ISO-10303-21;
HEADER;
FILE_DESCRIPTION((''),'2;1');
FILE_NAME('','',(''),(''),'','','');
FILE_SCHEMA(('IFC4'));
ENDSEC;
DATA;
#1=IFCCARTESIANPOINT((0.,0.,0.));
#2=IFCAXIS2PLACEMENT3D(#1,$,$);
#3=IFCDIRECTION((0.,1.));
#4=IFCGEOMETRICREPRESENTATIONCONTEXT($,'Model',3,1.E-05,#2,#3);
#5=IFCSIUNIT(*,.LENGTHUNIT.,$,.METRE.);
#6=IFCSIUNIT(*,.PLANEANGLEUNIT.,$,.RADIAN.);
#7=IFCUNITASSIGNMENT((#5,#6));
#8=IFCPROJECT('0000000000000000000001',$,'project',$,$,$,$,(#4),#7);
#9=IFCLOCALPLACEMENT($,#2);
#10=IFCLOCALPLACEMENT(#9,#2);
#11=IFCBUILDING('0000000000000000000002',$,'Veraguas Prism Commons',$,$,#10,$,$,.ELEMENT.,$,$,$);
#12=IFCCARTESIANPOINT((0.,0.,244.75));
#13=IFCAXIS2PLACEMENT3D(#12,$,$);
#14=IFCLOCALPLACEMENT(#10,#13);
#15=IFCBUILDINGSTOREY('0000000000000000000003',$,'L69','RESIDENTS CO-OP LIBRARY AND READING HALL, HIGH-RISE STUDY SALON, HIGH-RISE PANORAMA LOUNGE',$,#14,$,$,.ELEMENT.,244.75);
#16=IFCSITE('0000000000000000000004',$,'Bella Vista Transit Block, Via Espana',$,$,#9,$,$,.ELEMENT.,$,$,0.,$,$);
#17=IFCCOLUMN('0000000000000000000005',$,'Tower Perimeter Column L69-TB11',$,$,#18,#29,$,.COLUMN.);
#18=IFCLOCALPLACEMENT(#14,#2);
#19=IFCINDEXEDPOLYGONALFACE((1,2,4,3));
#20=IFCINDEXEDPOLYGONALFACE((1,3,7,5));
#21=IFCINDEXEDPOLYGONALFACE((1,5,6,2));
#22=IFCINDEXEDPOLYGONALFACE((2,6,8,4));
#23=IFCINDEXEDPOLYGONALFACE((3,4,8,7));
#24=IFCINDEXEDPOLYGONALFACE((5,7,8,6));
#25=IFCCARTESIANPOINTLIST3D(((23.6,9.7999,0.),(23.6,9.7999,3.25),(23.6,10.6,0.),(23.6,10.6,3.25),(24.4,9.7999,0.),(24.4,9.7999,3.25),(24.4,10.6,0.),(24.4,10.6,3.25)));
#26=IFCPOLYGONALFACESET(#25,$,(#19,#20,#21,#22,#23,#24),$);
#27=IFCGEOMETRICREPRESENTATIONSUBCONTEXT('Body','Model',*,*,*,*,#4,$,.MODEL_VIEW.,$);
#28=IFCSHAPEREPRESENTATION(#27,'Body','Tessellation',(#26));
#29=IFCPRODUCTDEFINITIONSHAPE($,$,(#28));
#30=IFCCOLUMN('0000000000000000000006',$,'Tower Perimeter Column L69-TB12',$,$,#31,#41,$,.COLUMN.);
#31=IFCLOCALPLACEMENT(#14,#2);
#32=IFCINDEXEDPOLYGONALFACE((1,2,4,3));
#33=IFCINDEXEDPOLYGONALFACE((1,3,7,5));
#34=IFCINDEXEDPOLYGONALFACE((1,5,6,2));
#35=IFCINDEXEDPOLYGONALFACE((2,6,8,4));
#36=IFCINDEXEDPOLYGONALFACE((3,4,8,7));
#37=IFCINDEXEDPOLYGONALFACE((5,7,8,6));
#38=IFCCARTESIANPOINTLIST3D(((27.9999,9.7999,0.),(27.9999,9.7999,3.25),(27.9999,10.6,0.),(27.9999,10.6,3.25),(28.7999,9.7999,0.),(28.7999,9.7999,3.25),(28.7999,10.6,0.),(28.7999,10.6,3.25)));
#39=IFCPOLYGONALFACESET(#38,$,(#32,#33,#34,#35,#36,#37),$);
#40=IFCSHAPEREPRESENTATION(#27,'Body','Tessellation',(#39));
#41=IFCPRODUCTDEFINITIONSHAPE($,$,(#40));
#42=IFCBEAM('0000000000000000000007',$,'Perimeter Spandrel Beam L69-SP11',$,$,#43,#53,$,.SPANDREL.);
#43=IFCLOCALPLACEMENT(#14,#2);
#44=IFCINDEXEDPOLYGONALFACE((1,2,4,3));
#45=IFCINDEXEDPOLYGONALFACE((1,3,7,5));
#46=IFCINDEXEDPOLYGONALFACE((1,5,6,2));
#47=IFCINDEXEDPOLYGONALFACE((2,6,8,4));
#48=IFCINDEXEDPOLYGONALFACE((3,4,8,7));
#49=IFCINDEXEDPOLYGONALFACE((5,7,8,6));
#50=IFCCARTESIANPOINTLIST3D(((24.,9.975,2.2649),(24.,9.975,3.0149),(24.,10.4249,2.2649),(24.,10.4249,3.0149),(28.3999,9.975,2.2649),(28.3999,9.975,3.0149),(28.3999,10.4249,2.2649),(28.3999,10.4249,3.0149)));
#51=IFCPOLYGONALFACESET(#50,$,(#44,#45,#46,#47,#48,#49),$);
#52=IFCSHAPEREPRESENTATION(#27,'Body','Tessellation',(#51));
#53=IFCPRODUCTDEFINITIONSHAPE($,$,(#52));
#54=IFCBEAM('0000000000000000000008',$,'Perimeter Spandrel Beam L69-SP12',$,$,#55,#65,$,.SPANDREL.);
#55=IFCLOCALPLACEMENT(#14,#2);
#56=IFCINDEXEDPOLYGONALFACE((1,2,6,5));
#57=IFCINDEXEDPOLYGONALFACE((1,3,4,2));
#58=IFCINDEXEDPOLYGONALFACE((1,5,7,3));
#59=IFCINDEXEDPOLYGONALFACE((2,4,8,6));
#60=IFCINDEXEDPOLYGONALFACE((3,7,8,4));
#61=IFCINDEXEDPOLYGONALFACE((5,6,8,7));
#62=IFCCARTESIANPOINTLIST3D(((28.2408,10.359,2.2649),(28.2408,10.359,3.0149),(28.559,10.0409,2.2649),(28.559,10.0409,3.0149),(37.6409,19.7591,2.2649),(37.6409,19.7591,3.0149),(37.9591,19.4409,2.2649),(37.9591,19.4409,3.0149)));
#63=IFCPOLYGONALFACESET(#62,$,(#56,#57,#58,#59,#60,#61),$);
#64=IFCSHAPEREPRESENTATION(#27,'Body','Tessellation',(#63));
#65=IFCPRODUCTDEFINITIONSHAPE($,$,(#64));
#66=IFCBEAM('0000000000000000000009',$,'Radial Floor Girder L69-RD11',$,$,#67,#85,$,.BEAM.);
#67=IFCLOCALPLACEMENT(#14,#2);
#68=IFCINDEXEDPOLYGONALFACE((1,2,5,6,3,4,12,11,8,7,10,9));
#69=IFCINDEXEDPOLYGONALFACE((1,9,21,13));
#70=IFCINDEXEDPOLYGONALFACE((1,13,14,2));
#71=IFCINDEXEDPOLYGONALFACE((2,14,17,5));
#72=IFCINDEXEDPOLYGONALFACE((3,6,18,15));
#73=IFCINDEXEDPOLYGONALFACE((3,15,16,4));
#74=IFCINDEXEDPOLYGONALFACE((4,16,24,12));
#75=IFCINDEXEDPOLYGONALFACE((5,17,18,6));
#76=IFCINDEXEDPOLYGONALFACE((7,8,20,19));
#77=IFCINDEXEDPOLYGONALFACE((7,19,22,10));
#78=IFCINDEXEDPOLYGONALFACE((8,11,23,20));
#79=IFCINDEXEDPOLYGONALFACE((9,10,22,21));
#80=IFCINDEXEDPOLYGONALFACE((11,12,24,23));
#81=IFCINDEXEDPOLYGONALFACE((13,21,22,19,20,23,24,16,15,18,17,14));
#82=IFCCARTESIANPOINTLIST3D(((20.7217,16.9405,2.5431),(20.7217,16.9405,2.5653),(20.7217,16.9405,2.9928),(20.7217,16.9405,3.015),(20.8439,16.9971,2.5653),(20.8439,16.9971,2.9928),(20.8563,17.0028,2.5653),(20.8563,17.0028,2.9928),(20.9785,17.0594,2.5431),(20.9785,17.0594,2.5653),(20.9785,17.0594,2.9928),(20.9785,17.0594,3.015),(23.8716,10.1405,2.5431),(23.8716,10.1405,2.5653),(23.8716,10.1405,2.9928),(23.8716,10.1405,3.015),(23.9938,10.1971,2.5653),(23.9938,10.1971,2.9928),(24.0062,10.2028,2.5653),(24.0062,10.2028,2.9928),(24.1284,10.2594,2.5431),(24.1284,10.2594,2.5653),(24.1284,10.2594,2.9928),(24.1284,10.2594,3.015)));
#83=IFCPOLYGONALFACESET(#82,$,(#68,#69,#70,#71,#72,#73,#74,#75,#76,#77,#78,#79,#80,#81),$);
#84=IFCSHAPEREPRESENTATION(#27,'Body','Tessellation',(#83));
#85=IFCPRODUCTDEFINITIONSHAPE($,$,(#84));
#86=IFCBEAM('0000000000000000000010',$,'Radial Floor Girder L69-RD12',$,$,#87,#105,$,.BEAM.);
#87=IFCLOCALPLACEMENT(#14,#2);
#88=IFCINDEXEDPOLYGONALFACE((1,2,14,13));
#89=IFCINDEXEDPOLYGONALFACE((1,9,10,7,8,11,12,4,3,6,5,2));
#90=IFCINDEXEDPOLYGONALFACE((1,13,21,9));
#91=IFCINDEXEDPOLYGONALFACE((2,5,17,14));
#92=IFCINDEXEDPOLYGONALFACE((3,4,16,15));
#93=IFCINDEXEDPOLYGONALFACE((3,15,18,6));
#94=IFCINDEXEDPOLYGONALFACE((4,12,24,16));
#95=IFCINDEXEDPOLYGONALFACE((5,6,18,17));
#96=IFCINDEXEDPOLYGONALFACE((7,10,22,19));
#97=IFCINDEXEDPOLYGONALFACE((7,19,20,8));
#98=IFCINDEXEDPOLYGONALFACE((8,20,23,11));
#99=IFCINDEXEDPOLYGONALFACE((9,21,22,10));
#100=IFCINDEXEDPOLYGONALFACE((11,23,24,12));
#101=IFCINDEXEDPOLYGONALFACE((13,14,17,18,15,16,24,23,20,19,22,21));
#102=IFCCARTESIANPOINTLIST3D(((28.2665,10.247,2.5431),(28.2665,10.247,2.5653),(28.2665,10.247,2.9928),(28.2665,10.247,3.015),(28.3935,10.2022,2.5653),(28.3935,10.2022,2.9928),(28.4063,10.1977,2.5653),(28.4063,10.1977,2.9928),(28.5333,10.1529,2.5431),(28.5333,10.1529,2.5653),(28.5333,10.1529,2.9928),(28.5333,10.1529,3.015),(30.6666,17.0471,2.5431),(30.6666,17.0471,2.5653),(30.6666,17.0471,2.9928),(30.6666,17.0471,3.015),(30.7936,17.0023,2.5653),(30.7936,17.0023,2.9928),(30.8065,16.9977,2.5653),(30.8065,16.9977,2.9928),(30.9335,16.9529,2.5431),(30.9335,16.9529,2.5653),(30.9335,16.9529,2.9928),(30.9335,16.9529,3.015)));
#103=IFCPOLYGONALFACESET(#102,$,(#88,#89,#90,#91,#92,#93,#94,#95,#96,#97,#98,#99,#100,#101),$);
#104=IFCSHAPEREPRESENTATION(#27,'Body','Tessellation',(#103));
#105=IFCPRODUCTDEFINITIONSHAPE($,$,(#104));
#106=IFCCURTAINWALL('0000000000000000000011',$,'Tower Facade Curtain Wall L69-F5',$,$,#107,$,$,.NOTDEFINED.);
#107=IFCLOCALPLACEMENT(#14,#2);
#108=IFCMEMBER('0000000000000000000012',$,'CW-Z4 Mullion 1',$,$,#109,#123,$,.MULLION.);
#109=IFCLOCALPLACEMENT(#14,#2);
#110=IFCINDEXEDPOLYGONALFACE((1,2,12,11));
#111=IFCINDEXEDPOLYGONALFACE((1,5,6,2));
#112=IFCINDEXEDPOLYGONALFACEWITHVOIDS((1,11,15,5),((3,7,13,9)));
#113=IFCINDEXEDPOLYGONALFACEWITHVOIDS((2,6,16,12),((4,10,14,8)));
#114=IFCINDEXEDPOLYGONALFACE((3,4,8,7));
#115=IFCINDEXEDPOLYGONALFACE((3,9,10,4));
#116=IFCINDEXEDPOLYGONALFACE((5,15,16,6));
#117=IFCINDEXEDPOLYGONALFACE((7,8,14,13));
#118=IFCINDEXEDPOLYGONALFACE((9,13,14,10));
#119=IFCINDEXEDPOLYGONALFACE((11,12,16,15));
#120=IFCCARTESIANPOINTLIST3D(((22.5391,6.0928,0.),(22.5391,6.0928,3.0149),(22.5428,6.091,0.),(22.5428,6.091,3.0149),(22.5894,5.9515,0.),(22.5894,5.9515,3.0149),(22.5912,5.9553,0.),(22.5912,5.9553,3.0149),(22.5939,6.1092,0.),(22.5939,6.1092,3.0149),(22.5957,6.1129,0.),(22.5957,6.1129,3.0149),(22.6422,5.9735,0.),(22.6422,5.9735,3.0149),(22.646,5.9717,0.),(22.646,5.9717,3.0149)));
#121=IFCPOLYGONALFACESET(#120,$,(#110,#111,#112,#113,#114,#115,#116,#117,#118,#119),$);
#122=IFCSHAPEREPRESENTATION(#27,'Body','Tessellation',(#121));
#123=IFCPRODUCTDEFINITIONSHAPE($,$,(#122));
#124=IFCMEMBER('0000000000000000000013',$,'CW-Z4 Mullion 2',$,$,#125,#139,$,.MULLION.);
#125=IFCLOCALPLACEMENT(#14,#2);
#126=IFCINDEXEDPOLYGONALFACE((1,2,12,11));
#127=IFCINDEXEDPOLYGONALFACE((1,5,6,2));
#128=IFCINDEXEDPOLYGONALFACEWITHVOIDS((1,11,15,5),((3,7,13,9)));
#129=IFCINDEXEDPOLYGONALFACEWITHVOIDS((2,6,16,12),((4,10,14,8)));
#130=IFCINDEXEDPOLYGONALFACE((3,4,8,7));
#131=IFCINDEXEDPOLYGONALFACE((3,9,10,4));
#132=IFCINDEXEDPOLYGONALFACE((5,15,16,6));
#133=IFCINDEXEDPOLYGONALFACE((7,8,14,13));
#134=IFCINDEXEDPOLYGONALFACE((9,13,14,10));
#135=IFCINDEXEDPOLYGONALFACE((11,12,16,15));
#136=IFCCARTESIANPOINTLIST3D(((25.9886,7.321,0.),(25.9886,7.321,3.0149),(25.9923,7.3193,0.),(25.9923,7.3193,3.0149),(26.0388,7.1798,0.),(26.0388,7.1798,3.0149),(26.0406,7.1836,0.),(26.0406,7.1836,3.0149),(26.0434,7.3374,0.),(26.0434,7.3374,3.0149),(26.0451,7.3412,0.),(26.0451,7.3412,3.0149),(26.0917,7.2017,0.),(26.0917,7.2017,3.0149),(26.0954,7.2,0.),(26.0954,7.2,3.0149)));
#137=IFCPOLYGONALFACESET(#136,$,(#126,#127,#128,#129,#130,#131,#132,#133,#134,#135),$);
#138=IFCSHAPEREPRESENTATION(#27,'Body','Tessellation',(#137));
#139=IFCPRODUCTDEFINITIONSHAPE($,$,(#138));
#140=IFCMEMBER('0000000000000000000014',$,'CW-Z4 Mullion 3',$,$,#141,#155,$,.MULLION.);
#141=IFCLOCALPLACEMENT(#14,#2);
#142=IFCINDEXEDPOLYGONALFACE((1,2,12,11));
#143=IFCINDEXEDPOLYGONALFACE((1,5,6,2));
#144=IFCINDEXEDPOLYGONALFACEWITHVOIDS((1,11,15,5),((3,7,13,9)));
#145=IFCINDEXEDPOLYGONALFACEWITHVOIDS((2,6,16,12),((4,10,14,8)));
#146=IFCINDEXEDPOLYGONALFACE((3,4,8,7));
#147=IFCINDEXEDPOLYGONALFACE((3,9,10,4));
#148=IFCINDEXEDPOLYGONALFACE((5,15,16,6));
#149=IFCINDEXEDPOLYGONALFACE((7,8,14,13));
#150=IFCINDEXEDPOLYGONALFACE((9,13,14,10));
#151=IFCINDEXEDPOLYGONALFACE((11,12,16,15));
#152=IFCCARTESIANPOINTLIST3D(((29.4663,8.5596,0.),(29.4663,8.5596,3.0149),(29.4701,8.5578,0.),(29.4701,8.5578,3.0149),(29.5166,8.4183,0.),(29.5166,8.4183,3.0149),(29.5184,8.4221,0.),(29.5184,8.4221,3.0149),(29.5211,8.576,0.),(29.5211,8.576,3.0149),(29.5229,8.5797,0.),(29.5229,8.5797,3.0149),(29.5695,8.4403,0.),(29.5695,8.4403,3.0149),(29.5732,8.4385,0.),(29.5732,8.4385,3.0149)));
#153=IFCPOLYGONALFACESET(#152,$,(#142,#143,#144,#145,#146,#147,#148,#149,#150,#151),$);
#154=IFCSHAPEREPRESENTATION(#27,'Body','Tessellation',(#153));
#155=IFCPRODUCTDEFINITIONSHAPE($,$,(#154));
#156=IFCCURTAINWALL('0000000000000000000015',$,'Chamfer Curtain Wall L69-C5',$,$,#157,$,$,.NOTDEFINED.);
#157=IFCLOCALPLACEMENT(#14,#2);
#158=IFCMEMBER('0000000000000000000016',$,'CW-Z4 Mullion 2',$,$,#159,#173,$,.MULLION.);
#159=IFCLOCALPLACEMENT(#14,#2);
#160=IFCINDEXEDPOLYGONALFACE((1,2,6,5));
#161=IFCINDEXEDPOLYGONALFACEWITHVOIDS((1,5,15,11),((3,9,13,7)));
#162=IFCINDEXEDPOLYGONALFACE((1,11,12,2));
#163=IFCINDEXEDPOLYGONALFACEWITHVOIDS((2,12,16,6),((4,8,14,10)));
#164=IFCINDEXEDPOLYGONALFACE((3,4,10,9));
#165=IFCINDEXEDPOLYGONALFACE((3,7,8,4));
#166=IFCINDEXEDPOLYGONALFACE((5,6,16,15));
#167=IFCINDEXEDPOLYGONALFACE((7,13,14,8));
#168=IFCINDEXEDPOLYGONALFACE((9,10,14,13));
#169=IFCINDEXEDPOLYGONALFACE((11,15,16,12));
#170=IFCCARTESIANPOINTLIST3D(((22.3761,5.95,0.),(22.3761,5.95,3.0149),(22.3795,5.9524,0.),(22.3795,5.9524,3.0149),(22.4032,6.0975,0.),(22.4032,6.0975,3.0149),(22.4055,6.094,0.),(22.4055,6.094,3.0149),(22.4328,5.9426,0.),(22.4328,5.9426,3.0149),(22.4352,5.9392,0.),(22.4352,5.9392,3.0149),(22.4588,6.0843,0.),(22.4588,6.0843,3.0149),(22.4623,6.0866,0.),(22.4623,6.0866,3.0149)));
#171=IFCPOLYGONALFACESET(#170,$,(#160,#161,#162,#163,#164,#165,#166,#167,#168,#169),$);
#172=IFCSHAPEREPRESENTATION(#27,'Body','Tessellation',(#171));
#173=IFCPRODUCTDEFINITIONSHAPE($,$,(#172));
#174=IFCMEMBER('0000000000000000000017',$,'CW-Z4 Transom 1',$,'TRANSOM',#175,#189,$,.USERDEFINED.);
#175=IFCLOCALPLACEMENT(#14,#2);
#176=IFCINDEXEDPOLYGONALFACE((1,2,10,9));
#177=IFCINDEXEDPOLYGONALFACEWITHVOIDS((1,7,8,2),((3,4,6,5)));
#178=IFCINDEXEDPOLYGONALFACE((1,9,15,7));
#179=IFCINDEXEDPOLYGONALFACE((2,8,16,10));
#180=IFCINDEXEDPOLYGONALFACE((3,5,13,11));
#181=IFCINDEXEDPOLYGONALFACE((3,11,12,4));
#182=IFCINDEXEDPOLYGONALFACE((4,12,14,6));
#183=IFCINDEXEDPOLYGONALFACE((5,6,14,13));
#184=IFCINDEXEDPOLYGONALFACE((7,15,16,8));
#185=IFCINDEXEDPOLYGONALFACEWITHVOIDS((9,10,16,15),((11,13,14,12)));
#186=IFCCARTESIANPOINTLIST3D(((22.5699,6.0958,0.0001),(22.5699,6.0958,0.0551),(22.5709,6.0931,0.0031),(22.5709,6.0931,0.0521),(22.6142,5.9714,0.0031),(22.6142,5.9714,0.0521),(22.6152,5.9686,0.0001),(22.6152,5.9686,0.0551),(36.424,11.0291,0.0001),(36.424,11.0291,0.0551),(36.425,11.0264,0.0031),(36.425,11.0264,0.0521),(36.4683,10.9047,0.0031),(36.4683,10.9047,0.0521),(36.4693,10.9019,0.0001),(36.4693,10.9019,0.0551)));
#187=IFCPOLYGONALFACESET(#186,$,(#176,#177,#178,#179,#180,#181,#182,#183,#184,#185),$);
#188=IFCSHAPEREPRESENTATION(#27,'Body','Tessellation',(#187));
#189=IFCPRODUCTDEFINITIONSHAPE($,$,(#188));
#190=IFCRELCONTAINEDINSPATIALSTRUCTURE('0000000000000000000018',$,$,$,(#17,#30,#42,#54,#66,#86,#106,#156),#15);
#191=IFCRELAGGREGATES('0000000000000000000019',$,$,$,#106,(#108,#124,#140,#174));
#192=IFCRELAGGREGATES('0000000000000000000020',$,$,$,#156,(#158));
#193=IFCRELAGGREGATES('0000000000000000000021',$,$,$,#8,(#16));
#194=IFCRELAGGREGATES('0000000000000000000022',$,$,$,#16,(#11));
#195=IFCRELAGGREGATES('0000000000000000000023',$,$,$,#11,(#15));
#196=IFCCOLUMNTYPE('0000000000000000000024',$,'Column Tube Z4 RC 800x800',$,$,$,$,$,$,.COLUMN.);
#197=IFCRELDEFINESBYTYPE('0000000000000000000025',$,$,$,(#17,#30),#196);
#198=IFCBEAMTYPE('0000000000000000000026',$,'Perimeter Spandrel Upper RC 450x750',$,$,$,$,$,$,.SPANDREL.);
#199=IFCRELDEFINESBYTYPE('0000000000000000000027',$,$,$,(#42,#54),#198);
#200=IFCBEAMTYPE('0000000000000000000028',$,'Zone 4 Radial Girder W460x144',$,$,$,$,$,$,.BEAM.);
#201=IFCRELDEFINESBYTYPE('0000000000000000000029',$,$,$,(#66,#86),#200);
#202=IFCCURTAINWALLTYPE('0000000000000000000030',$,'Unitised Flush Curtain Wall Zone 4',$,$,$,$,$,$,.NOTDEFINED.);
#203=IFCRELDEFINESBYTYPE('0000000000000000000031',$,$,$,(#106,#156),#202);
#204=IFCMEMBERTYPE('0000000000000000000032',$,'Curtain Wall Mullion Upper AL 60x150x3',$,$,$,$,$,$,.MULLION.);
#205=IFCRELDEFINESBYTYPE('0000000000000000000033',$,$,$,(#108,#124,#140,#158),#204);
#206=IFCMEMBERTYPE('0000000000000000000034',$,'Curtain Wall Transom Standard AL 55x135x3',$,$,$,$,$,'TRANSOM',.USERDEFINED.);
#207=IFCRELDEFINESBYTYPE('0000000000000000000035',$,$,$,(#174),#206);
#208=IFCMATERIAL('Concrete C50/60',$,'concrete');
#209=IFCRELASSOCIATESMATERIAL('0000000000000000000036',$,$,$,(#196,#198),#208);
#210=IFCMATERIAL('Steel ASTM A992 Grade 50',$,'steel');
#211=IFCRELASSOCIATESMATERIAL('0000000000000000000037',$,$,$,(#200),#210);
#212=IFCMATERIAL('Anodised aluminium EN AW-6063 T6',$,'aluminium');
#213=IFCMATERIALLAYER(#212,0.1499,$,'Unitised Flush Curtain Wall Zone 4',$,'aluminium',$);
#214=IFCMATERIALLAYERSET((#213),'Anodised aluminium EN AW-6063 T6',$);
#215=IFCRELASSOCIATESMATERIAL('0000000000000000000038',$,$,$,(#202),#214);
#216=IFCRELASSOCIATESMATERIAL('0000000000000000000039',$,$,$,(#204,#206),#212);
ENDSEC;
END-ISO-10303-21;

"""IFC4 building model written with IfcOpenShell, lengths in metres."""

from ifc_helpers import new_model, si_unit, direction, frame, origin, origin_2d, place, context, subcontext, project, spatial, rectangle, hollow_rectangle, i_section, extrude, source, transform, mapped, material, layer, layer_set, material_profile, profile_set, type_object, element, aggregate, save


model = new_model("IFC4")

# Units and contexts
model_context = context("Model", 3, precision=1e-05, world=origin(), true_north=direction((0.0, 1.0)))
body_context = subcontext(model_context, "Body", "Model", "MODEL_VIEW")
ifc_project = project(units=[si_unit("LENGTHUNIT", "METRE"), si_unit("PLANEANGLEUNIT", "RADIAN")], contexts=[model_context])

# Site, building, storey
site_placement = place(None, origin())
site = spatial("IfcSite", under=ifc_project, at=site_placement, Name="Bella Vista Transit Block, Via Espana", CompositionType="ELEMENT", RefElevation=0.0)
building_placement = place(site_placement, origin())
building = spatial("IfcBuilding", under=site, at=building_placement, Name="Veraguas Prism Commons", CompositionType="ELEMENT")
storey_placement = place(building_placement, frame((0.0, 0.0, 244.75)))
storey = spatial("IfcBuildingStorey", under=building, at=storey_placement, Name="L69", Description="RESIDENTS CO-OP LIBRARY AND READING HALL, HIGH-RISE STUDY SALON, HIGH-RISE PANORAMA LOUNGE", CompositionType="ELEMENT", Elevation=244.75)

# Columns
ifc_material_1 = material(Name="Concrete C50/60", Category="concrete")
ifc_material_profile_1 = material_profile(ifc_material_1, rectangle(XDim=0.8, YDim=0.8, at=origin_2d()), Name="RC800X800")
ifc_profile_set_1 = profile_set([ifc_material_profile_1], Name="Concrete C50/60")
column_type = type_object("IfcColumnType", Name="Column Tube Z4 RC 800x800", PredefinedType="COLUMN", material=ifc_profile_set_1)
for number, where, z_axis, x_axis, name in (
    (1, (24.0, 10.2, 0.0), (0.0, 0.0, 1.0), (1.0, 0.0, 0.0), "Tower Perimeter Column L69-TB11"),
    (2, (28.3999, 10.2, 0.0), (0.0, 0.0, 1.0), (1.0, 0.0, 0.0), "Tower Perimeter Column L69-TB12"),
):
    element("IfcColumn", number, at=place(storey_placement, frame(where, z_axis=z_axis, x_axis=x_axis)), inside=storey, type_object=column_type, Name=name, PredefinedType="COLUMN", context=body_context, shape_type="SweptSolid", body=[
        extrude(rectangle(XDim=0.8, YDim=0.8, at=origin_2d()), origin(), (0.0, 0.0, 1.0), 3.25),
    ])

# Beams
ifc_material_profile_2 = material_profile(ifc_material_1, rectangle(XDim=0.45, YDim=0.75, at=origin_2d()), Name="RC450X750")
ifc_profile_set_2 = profile_set([ifc_material_profile_2], Name="Concrete C50/60")
beam_type_1 = type_object("IfcBeamType", Name="Perimeter Spandrel Upper RC 450x750", PredefinedType="SPANDREL", material=ifc_profile_set_2)
beam_1_placement = place(storey_placement, frame((24.0, 10.2, 2.6399), z_axis=(1.0, 0.0, 0.0), x_axis=(0.0, 1.0, 0.0)))
element("IfcBeam", 3, at=beam_1_placement, inside=storey, type_object=beam_type_1, Name="Perimeter Spandrel Beam L69-SP11", PredefinedType="SPANDREL", context=body_context, shape_type="SweptSolid", body=[
    extrude(rectangle(XDim=0.45, YDim=0.75, at=origin_2d()), origin(), (0.0, 0.0, 1.0), 4.3999),
])
beam_2_placement = place(storey_placement, frame((28.3999, 10.2, 2.6399), z_axis=(0.707107, 0.707107, 0.0), x_axis=(-0.707107, 0.707107, 0.0)))
element("IfcBeam", 4, at=beam_2_placement, inside=storey, type_object=beam_type_1, Name="Perimeter Spandrel Beam L69-SP12", PredefinedType="SPANDREL", context=body_context, shape_type="SweptSolid", body=[
    extrude(rectangle(XDim=0.45, YDim=0.75, at=origin_2d()), origin(), (0.0, 0.0, 1.0), 13.2937),
])
ifc_material_2 = material(Name="Steel ASTM A992 Grade 50", Category="steel")
ifc_material_profile_3 = material_profile(ifc_material_2, i_section(OverallWidth=0.283, OverallDepth=0.4719, WebThickness=0.0137, FlangeThickness=0.0222, at=origin_2d()), Name="W460X144")
ifc_profile_set_3 = profile_set([ifc_material_profile_3], Name="Steel ASTM A992 Grade 50")
beam_type_2 = type_object("IfcBeamType", Name="Zone 4 Radial Girder W460x144", PredefinedType="BEAM", material=ifc_profile_set_3)
beam_3_placement = place(storey_placement, frame((24.0, 10.2, 2.7791), z_axis=(-0.420314, 0.907379, 0.0), x_axis=(-0.907379, -0.420314, 0.0)))
element("IfcBeam", 5, at=beam_3_placement, inside=storey, type_object=beam_type_2, Name="Radial Floor Girder L69-RD11", PredefinedType="BEAM", context=body_context, shape_type="SweptSolid", body=[
    extrude(i_section(OverallWidth=0.283, OverallDepth=0.4719, WebThickness=0.0137, FlangeThickness=0.0222, at=origin_2d()), origin(), (0.0, 0.0, 1.0), 7.4941),
])
beam_4_placement = place(storey_placement, frame((28.3999, 10.2, 2.7791), z_axis=(0.332836, 0.942985, 0.0), x_axis=(-0.942985, 0.332836, 0.0)))
element("IfcBeam", 6, at=beam_4_placement, inside=storey, type_object=beam_type_2, Name="Radial Floor Girder L69-RD12", PredefinedType="BEAM", context=body_context, shape_type="SweptSolid", body=[
    extrude(i_section(OverallWidth=0.283, OverallDepth=0.4719, WebThickness=0.0137, FlangeThickness=0.0222, at=origin_2d()), origin(), (0.0, 0.0, 1.0), 7.2112),
])

# Curtain wall, members
ifc_material_3 = material(Name="Anodised aluminium EN AW-6063 T6", Category="aluminium")
ifc_layer_1 = layer(ifc_material_3, 0.1499, Name="Unitised Flush Curtain Wall Zone 4", Category="aluminium")
ifc_layer_set_1 = layer_set([ifc_layer_1], Name="Anodised aluminium EN AW-6063 T6")
curtain_wall_type = type_object("IfcCurtainWallType", Name="Unitised Flush Curtain Wall Zone 4", PredefinedType="NOTDEFINED", material=ifc_layer_set_1)
curtain_wall_1_placement = place(storey_placement, origin())
curtain_wall_1 = element("IfcCurtainWall", 7, at=curtain_wall_1_placement, inside=storey, type_object=curtain_wall_type, Name="Tower Facade Curtain Wall L69-F5", PredefinedType="NOTDEFINED")
ifc_material_profile_4 = material_profile(ifc_material_3, hollow_rectangle(XDim=0.0601, YDim=0.1499, WallThickness=0.0029, at=origin_2d()), Name="AL60X150X3")
ifc_profile_set_4 = profile_set([ifc_material_profile_4], Name="Anodised aluminium EN AW-6063 T6")
member_type_1 = type_object("IfcMemberType", Name="Curtain Wall Mullion Upper AL 60x150x3", PredefinedType="MULLION", material=ifc_profile_set_4)
shared_shape_1 = source(origin(), body_context, "Body", "SweptSolid", [
    extrude(hollow_rectangle(XDim=0.0601, YDim=0.1499, WallThickness=0.0029, at=origin_2d()), origin(), (0.0, 0.0, 1.0), 3.0149),
])
member_1_placement = place(storey_placement, frame((22.5925, 6.0322, 0.0), z_axis=(0.0, 0.0, 1.0), x_axis=(0.942056, 0.335457, 0.0)))
member_1 = element("IfcMember", 8, at=member_1_placement, type_object=member_type_1, Name="CW-Z4 Mullion 1", PredefinedType="MULLION", context=body_context, shape_type="MappedRepresentation", body=[
    mapped(shared_shape_1, transform((0.0, 0.0, 0.0), scale=1.0)),
])
member_2_placement = place(storey_placement, frame((26.042, 7.2605, 0.0), z_axis=(0.0, 0.0, 1.0), x_axis=(0.942056, 0.335457, 0.0)))
member_2 = element("IfcMember", 9, at=member_2_placement, type_object=member_type_1, Name="CW-Z4 Mullion 2", PredefinedType="MULLION", context=body_context, shape_type="MappedRepresentation", body=[
    mapped(shared_shape_1, transform((0.0, 0.0, 0.0), scale=1.0)),
])
member_3_placement = place(storey_placement, frame((29.5198, 8.499, 0.0), z_axis=(0.0, 0.0, 1.0), x_axis=(0.942056, 0.335457, 0.0)))
member_3 = element("IfcMember", 10, at=member_3_placement, type_object=member_type_1, Name="CW-Z4 Mullion 3", PredefinedType="MULLION", context=body_context, shape_type="MappedRepresentation", body=[
    mapped(shared_shape_1, transform((0.0, 0.0, 0.0), scale=1.0)),
])

# Curtain wall, member
curtain_wall_2_placement = place(storey_placement, origin())
curtain_wall_2 = element("IfcCurtainWall", 11, at=curtain_wall_2_placement, inside=storey, type_object=curtain_wall_type, Name="Chamfer Curtain Wall L69-C5", PredefinedType="NOTDEFINED")
member_4_placement = place(storey_placement, frame((22.4192, 6.0183, 0.0), z_axis=(0.0, 0.0, 1.0), x_axis=(0.983569, -0.180535, 0.0)))
member_4 = element("IfcMember", 12, at=member_4_placement, type_object=member_type_1, Name="CW-Z4 Mullion 2", PredefinedType="MULLION", context=body_context, shape_type="MappedRepresentation", body=[
    mapped(shared_shape_1, transform((0.0, 0.0, 0.0), scale=1.0)),
])

# Member
ifc_material_profile_5 = material_profile(ifc_material_3, hollow_rectangle(XDim=0.0549, YDim=0.135, WallThickness=0.0029, at=origin_2d()), Name="AL55X135X3")
ifc_profile_set_5 = profile_set([ifc_material_profile_5], Name="Anodised aluminium EN AW-6063 T6")
member_type_2 = type_object("IfcMemberType", Name="Curtain Wall Transom Standard AL 55x135x3", ElementType="TRANSOM", PredefinedType="USERDEFINED", material=ifc_profile_set_5)
shared_shape_2 = source(origin(), body_context, "Body", "SweptSolid", [
    extrude(hollow_rectangle(XDim=0.0549, YDim=0.135, WallThickness=0.0029, at=origin_2d()), origin(), (0.0, 0.0, 1.0), 14.7063),
])
member_5_placement = place(storey_placement, frame((22.5925, 6.0322, 0.0276), z_axis=(0.942056, 0.335456, 0.0), x_axis=(0.0, 0.0, 1.0)))
member_5 = element("IfcMember", 13, at=member_5_placement, type_object=member_type_2, Name="CW-Z4 Transom 1", ObjectType="TRANSOM", PredefinedType="USERDEFINED", context=body_context, shape_type="MappedRepresentation", body=[
    mapped(shared_shape_2, transform((0.0, 0.0, 0.0), scale=1.0)),
])

aggregate(curtain_wall_1, [member_1, member_2, member_3, member_5])
aggregate(curtain_wall_2, [member_4])

save(model, "model.ifc")
